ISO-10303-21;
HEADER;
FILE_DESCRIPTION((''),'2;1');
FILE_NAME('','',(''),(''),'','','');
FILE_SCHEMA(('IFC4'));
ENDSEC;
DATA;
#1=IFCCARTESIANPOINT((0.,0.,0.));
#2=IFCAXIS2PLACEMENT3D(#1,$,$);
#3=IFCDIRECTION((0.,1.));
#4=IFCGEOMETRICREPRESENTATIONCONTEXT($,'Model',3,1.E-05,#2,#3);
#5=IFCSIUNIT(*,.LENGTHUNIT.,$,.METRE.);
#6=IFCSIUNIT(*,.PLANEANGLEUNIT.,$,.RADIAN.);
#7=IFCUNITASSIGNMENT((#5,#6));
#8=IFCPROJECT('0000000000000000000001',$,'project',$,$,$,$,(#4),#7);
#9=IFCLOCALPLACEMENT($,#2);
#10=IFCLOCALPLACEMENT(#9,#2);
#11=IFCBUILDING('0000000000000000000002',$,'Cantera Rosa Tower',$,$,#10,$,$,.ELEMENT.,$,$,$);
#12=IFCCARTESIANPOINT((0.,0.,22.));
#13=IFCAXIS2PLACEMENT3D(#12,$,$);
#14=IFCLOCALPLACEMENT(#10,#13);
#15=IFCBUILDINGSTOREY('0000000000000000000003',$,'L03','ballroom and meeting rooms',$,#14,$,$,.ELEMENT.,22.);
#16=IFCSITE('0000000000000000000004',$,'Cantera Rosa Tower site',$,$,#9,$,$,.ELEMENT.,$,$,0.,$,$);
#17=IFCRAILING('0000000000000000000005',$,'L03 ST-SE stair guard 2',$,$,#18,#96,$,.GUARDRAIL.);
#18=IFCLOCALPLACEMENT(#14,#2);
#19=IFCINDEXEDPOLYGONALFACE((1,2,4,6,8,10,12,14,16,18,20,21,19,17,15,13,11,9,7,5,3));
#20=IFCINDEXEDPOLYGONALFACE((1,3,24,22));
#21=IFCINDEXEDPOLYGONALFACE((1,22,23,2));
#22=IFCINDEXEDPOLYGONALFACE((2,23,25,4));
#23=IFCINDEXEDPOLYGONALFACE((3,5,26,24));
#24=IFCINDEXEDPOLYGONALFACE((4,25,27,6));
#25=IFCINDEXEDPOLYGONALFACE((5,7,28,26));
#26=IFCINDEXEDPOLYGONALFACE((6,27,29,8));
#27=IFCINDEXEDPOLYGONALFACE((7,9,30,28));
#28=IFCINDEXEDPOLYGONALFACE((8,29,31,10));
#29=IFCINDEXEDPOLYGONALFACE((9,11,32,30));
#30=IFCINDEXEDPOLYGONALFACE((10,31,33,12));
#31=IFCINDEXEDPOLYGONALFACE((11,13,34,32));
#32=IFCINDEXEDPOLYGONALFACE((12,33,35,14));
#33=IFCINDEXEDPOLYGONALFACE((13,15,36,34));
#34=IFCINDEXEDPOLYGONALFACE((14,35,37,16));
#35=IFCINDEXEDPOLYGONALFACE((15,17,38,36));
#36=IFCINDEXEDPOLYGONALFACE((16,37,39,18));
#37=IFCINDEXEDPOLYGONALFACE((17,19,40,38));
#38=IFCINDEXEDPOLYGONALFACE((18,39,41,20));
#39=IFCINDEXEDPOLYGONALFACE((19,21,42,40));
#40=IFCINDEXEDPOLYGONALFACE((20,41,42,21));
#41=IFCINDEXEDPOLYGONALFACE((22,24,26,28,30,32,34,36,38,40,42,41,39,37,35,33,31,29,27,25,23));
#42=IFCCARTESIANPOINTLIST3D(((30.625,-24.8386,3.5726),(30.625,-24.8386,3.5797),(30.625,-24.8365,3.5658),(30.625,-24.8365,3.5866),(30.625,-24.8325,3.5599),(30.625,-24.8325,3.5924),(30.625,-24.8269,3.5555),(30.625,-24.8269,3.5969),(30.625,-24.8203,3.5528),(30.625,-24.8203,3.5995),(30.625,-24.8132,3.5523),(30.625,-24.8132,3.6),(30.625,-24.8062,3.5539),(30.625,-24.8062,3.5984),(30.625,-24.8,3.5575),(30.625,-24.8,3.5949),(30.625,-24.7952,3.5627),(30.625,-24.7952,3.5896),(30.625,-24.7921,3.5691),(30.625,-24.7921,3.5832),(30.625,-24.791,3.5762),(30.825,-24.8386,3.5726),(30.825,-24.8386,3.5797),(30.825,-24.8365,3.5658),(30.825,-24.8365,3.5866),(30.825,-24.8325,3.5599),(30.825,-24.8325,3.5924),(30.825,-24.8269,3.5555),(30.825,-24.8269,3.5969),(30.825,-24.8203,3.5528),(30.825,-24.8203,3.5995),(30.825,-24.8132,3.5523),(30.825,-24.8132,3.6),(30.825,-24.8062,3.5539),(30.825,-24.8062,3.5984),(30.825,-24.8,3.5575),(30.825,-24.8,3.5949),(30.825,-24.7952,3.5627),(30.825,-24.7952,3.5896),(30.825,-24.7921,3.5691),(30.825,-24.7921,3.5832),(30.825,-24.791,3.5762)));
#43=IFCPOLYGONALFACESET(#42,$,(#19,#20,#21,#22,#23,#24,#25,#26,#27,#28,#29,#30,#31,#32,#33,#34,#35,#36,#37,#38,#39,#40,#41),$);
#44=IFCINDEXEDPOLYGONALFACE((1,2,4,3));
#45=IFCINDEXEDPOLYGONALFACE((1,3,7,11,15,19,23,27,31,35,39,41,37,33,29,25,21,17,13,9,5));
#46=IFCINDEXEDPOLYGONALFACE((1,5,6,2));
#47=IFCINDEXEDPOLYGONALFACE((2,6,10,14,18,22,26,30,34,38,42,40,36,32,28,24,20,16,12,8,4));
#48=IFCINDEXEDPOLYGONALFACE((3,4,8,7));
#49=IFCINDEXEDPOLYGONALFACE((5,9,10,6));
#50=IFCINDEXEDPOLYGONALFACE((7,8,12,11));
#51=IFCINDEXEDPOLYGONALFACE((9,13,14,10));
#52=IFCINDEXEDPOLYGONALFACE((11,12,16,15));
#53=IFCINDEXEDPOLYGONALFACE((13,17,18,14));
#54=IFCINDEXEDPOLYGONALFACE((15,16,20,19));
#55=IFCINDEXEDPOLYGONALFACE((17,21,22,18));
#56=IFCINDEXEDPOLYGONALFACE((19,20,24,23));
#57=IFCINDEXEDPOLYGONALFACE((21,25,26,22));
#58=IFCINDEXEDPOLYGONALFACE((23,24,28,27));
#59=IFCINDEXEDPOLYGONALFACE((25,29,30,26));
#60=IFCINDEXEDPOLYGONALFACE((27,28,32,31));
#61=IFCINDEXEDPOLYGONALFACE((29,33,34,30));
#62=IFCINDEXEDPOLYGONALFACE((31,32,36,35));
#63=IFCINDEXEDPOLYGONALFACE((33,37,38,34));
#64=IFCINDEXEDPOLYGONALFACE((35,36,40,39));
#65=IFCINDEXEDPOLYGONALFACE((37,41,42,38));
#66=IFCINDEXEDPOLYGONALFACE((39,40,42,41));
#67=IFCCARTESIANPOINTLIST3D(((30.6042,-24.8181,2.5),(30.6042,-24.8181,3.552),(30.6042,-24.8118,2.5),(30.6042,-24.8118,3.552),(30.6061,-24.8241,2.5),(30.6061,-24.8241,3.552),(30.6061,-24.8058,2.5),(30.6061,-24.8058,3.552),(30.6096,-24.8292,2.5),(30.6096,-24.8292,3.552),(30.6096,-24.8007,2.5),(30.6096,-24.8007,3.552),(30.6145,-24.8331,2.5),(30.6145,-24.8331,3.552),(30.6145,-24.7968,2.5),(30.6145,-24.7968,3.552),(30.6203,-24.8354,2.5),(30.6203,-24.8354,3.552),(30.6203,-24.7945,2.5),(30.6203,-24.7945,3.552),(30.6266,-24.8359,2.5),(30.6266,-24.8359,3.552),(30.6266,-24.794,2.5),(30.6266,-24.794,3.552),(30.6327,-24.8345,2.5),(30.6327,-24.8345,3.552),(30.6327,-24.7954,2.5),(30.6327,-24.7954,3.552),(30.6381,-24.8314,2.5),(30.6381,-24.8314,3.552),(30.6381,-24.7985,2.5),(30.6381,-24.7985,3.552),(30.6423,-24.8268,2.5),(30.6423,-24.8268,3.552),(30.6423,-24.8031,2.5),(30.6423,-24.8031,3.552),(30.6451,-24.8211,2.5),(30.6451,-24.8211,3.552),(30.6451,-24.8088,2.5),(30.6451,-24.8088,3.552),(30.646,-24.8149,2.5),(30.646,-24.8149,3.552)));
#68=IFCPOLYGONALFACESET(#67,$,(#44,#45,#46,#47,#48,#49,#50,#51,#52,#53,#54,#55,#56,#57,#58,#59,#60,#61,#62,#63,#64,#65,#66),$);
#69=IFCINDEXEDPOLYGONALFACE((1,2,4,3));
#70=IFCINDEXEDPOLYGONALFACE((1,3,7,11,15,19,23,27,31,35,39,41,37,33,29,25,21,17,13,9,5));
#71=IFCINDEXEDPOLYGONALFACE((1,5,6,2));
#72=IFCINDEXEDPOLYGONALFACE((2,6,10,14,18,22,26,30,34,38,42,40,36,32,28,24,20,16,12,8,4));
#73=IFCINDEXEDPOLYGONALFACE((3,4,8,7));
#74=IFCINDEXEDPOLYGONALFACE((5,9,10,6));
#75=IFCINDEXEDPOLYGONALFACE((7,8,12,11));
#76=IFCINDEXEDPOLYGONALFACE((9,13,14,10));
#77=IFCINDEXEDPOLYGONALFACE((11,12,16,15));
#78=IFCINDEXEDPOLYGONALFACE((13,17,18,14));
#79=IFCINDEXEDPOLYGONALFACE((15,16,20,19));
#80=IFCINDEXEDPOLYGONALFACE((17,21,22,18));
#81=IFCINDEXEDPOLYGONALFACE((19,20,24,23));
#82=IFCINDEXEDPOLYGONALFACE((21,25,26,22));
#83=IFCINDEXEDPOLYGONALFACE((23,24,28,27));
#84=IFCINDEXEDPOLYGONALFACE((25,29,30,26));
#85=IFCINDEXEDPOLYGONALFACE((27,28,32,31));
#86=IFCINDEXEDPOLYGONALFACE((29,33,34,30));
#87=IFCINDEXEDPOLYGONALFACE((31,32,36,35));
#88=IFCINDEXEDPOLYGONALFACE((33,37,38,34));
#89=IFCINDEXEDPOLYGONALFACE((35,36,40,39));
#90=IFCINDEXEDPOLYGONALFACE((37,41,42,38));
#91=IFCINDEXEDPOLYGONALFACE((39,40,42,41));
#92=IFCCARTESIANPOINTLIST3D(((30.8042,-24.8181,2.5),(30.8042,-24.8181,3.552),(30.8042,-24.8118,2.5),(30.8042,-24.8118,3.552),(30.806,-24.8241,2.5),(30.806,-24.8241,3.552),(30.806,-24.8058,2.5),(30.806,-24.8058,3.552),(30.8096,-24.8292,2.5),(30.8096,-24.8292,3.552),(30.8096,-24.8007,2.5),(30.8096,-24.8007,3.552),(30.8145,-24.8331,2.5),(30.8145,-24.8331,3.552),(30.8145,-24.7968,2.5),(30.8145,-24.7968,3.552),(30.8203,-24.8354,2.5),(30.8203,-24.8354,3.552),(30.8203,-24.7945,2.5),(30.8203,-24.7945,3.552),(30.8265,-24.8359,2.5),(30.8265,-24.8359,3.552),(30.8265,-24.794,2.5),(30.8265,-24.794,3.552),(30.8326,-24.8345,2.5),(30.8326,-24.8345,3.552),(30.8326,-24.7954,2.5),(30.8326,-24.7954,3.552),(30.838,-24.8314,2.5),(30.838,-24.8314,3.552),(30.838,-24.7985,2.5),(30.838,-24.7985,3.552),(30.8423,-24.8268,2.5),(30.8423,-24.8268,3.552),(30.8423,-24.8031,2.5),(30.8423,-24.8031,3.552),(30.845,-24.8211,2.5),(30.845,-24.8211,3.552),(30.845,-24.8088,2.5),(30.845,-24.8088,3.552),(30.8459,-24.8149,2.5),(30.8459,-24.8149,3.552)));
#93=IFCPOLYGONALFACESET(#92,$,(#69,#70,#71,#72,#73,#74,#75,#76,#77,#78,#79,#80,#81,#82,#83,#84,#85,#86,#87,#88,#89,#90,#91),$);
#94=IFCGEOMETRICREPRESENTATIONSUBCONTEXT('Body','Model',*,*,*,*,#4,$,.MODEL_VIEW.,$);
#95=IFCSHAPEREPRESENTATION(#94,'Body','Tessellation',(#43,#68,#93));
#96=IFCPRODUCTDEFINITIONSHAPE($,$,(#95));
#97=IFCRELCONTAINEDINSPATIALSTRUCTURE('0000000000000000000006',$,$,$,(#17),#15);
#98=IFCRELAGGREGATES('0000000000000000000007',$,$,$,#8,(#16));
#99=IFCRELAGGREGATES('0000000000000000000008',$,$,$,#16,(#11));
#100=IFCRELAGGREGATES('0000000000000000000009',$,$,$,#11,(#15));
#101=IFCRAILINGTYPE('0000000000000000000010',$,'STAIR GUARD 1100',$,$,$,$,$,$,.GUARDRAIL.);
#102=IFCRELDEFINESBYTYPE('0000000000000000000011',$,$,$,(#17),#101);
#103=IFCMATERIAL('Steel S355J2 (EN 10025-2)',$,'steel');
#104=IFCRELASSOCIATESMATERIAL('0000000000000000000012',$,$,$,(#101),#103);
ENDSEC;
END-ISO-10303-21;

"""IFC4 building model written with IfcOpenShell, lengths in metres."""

from ifc_helpers import new_model, si_unit, direction, frame, origin, origin_2d, place, context, subcontext, project, spatial, circle, extrude, material, type_object, element, save


model = new_model("IFC4")

# Units and contexts
model_context = context("Model", 3, precision=1e-05, world=origin(), true_north=direction((0.0, 1.0)))
body_context = subcontext(model_context, "Body", "Model", "MODEL_VIEW")
ifc_project = project(units=[si_unit("LENGTHUNIT", "METRE"), si_unit("PLANEANGLEUNIT", "RADIAN")], contexts=[model_context])

# Site, building, storey
site_placement = place(None, origin())
site = spatial("IfcSite", under=ifc_project, at=site_placement, Name="Cantera Rosa Tower site", CompositionType="ELEMENT", RefElevation=0.0)
building_placement = place(site_placement, origin())
building = spatial("IfcBuilding", under=site, at=building_placement, Name="Cantera Rosa Tower", CompositionType="ELEMENT")
storey_placement = place(building_placement, frame((0.0, 0.0, 22.0)))
storey = spatial("IfcBuildingStorey", under=building, at=storey_placement, Name="L03", Description="ballroom and meeting rooms", CompositionType="ELEMENT", Elevation=22.0)

# Railing
ifc_material_1 = material(Name="Steel S355J2 (EN 10025-2)", Category="steel")
railing_type_1 = type_object("IfcRailingType", Name="STAIR GUARD 1100", PredefinedType="GUARDRAIL", material=ifc_material_1)
railing_1_placement = place(storey_placement, frame((30.625, -24.8149, 2.5)))
element("IfcRailing", 1, at=railing_1_placement, inside=storey, type_object=railing_type_1, Name="L03 ST-SE stair guard 2", PredefinedType="GUARDRAIL", context=body_context, shape_type="SweptSolid", body=[
    extrude(circle(Radius=0.0239, at=origin_2d()), frame((0.0, 0.0, 1.0762), z_axis=(1.0, 0.0, 0.0), x_axis=(0.0, 1.0, 0.0)), (0.0, 0.0, 1.0), 0.2),
    extrude(circle(Radius=0.021, at=origin_2d()), origin(), (0.0, 0.0, 1.0), 1.052),
    extrude(circle(Radius=0.021, at=origin_2d()), frame((0.2, 0.0, 0.0)), (0.0, 0.0, 1.0), 1.052),
])

save(model, "model.ifc")
